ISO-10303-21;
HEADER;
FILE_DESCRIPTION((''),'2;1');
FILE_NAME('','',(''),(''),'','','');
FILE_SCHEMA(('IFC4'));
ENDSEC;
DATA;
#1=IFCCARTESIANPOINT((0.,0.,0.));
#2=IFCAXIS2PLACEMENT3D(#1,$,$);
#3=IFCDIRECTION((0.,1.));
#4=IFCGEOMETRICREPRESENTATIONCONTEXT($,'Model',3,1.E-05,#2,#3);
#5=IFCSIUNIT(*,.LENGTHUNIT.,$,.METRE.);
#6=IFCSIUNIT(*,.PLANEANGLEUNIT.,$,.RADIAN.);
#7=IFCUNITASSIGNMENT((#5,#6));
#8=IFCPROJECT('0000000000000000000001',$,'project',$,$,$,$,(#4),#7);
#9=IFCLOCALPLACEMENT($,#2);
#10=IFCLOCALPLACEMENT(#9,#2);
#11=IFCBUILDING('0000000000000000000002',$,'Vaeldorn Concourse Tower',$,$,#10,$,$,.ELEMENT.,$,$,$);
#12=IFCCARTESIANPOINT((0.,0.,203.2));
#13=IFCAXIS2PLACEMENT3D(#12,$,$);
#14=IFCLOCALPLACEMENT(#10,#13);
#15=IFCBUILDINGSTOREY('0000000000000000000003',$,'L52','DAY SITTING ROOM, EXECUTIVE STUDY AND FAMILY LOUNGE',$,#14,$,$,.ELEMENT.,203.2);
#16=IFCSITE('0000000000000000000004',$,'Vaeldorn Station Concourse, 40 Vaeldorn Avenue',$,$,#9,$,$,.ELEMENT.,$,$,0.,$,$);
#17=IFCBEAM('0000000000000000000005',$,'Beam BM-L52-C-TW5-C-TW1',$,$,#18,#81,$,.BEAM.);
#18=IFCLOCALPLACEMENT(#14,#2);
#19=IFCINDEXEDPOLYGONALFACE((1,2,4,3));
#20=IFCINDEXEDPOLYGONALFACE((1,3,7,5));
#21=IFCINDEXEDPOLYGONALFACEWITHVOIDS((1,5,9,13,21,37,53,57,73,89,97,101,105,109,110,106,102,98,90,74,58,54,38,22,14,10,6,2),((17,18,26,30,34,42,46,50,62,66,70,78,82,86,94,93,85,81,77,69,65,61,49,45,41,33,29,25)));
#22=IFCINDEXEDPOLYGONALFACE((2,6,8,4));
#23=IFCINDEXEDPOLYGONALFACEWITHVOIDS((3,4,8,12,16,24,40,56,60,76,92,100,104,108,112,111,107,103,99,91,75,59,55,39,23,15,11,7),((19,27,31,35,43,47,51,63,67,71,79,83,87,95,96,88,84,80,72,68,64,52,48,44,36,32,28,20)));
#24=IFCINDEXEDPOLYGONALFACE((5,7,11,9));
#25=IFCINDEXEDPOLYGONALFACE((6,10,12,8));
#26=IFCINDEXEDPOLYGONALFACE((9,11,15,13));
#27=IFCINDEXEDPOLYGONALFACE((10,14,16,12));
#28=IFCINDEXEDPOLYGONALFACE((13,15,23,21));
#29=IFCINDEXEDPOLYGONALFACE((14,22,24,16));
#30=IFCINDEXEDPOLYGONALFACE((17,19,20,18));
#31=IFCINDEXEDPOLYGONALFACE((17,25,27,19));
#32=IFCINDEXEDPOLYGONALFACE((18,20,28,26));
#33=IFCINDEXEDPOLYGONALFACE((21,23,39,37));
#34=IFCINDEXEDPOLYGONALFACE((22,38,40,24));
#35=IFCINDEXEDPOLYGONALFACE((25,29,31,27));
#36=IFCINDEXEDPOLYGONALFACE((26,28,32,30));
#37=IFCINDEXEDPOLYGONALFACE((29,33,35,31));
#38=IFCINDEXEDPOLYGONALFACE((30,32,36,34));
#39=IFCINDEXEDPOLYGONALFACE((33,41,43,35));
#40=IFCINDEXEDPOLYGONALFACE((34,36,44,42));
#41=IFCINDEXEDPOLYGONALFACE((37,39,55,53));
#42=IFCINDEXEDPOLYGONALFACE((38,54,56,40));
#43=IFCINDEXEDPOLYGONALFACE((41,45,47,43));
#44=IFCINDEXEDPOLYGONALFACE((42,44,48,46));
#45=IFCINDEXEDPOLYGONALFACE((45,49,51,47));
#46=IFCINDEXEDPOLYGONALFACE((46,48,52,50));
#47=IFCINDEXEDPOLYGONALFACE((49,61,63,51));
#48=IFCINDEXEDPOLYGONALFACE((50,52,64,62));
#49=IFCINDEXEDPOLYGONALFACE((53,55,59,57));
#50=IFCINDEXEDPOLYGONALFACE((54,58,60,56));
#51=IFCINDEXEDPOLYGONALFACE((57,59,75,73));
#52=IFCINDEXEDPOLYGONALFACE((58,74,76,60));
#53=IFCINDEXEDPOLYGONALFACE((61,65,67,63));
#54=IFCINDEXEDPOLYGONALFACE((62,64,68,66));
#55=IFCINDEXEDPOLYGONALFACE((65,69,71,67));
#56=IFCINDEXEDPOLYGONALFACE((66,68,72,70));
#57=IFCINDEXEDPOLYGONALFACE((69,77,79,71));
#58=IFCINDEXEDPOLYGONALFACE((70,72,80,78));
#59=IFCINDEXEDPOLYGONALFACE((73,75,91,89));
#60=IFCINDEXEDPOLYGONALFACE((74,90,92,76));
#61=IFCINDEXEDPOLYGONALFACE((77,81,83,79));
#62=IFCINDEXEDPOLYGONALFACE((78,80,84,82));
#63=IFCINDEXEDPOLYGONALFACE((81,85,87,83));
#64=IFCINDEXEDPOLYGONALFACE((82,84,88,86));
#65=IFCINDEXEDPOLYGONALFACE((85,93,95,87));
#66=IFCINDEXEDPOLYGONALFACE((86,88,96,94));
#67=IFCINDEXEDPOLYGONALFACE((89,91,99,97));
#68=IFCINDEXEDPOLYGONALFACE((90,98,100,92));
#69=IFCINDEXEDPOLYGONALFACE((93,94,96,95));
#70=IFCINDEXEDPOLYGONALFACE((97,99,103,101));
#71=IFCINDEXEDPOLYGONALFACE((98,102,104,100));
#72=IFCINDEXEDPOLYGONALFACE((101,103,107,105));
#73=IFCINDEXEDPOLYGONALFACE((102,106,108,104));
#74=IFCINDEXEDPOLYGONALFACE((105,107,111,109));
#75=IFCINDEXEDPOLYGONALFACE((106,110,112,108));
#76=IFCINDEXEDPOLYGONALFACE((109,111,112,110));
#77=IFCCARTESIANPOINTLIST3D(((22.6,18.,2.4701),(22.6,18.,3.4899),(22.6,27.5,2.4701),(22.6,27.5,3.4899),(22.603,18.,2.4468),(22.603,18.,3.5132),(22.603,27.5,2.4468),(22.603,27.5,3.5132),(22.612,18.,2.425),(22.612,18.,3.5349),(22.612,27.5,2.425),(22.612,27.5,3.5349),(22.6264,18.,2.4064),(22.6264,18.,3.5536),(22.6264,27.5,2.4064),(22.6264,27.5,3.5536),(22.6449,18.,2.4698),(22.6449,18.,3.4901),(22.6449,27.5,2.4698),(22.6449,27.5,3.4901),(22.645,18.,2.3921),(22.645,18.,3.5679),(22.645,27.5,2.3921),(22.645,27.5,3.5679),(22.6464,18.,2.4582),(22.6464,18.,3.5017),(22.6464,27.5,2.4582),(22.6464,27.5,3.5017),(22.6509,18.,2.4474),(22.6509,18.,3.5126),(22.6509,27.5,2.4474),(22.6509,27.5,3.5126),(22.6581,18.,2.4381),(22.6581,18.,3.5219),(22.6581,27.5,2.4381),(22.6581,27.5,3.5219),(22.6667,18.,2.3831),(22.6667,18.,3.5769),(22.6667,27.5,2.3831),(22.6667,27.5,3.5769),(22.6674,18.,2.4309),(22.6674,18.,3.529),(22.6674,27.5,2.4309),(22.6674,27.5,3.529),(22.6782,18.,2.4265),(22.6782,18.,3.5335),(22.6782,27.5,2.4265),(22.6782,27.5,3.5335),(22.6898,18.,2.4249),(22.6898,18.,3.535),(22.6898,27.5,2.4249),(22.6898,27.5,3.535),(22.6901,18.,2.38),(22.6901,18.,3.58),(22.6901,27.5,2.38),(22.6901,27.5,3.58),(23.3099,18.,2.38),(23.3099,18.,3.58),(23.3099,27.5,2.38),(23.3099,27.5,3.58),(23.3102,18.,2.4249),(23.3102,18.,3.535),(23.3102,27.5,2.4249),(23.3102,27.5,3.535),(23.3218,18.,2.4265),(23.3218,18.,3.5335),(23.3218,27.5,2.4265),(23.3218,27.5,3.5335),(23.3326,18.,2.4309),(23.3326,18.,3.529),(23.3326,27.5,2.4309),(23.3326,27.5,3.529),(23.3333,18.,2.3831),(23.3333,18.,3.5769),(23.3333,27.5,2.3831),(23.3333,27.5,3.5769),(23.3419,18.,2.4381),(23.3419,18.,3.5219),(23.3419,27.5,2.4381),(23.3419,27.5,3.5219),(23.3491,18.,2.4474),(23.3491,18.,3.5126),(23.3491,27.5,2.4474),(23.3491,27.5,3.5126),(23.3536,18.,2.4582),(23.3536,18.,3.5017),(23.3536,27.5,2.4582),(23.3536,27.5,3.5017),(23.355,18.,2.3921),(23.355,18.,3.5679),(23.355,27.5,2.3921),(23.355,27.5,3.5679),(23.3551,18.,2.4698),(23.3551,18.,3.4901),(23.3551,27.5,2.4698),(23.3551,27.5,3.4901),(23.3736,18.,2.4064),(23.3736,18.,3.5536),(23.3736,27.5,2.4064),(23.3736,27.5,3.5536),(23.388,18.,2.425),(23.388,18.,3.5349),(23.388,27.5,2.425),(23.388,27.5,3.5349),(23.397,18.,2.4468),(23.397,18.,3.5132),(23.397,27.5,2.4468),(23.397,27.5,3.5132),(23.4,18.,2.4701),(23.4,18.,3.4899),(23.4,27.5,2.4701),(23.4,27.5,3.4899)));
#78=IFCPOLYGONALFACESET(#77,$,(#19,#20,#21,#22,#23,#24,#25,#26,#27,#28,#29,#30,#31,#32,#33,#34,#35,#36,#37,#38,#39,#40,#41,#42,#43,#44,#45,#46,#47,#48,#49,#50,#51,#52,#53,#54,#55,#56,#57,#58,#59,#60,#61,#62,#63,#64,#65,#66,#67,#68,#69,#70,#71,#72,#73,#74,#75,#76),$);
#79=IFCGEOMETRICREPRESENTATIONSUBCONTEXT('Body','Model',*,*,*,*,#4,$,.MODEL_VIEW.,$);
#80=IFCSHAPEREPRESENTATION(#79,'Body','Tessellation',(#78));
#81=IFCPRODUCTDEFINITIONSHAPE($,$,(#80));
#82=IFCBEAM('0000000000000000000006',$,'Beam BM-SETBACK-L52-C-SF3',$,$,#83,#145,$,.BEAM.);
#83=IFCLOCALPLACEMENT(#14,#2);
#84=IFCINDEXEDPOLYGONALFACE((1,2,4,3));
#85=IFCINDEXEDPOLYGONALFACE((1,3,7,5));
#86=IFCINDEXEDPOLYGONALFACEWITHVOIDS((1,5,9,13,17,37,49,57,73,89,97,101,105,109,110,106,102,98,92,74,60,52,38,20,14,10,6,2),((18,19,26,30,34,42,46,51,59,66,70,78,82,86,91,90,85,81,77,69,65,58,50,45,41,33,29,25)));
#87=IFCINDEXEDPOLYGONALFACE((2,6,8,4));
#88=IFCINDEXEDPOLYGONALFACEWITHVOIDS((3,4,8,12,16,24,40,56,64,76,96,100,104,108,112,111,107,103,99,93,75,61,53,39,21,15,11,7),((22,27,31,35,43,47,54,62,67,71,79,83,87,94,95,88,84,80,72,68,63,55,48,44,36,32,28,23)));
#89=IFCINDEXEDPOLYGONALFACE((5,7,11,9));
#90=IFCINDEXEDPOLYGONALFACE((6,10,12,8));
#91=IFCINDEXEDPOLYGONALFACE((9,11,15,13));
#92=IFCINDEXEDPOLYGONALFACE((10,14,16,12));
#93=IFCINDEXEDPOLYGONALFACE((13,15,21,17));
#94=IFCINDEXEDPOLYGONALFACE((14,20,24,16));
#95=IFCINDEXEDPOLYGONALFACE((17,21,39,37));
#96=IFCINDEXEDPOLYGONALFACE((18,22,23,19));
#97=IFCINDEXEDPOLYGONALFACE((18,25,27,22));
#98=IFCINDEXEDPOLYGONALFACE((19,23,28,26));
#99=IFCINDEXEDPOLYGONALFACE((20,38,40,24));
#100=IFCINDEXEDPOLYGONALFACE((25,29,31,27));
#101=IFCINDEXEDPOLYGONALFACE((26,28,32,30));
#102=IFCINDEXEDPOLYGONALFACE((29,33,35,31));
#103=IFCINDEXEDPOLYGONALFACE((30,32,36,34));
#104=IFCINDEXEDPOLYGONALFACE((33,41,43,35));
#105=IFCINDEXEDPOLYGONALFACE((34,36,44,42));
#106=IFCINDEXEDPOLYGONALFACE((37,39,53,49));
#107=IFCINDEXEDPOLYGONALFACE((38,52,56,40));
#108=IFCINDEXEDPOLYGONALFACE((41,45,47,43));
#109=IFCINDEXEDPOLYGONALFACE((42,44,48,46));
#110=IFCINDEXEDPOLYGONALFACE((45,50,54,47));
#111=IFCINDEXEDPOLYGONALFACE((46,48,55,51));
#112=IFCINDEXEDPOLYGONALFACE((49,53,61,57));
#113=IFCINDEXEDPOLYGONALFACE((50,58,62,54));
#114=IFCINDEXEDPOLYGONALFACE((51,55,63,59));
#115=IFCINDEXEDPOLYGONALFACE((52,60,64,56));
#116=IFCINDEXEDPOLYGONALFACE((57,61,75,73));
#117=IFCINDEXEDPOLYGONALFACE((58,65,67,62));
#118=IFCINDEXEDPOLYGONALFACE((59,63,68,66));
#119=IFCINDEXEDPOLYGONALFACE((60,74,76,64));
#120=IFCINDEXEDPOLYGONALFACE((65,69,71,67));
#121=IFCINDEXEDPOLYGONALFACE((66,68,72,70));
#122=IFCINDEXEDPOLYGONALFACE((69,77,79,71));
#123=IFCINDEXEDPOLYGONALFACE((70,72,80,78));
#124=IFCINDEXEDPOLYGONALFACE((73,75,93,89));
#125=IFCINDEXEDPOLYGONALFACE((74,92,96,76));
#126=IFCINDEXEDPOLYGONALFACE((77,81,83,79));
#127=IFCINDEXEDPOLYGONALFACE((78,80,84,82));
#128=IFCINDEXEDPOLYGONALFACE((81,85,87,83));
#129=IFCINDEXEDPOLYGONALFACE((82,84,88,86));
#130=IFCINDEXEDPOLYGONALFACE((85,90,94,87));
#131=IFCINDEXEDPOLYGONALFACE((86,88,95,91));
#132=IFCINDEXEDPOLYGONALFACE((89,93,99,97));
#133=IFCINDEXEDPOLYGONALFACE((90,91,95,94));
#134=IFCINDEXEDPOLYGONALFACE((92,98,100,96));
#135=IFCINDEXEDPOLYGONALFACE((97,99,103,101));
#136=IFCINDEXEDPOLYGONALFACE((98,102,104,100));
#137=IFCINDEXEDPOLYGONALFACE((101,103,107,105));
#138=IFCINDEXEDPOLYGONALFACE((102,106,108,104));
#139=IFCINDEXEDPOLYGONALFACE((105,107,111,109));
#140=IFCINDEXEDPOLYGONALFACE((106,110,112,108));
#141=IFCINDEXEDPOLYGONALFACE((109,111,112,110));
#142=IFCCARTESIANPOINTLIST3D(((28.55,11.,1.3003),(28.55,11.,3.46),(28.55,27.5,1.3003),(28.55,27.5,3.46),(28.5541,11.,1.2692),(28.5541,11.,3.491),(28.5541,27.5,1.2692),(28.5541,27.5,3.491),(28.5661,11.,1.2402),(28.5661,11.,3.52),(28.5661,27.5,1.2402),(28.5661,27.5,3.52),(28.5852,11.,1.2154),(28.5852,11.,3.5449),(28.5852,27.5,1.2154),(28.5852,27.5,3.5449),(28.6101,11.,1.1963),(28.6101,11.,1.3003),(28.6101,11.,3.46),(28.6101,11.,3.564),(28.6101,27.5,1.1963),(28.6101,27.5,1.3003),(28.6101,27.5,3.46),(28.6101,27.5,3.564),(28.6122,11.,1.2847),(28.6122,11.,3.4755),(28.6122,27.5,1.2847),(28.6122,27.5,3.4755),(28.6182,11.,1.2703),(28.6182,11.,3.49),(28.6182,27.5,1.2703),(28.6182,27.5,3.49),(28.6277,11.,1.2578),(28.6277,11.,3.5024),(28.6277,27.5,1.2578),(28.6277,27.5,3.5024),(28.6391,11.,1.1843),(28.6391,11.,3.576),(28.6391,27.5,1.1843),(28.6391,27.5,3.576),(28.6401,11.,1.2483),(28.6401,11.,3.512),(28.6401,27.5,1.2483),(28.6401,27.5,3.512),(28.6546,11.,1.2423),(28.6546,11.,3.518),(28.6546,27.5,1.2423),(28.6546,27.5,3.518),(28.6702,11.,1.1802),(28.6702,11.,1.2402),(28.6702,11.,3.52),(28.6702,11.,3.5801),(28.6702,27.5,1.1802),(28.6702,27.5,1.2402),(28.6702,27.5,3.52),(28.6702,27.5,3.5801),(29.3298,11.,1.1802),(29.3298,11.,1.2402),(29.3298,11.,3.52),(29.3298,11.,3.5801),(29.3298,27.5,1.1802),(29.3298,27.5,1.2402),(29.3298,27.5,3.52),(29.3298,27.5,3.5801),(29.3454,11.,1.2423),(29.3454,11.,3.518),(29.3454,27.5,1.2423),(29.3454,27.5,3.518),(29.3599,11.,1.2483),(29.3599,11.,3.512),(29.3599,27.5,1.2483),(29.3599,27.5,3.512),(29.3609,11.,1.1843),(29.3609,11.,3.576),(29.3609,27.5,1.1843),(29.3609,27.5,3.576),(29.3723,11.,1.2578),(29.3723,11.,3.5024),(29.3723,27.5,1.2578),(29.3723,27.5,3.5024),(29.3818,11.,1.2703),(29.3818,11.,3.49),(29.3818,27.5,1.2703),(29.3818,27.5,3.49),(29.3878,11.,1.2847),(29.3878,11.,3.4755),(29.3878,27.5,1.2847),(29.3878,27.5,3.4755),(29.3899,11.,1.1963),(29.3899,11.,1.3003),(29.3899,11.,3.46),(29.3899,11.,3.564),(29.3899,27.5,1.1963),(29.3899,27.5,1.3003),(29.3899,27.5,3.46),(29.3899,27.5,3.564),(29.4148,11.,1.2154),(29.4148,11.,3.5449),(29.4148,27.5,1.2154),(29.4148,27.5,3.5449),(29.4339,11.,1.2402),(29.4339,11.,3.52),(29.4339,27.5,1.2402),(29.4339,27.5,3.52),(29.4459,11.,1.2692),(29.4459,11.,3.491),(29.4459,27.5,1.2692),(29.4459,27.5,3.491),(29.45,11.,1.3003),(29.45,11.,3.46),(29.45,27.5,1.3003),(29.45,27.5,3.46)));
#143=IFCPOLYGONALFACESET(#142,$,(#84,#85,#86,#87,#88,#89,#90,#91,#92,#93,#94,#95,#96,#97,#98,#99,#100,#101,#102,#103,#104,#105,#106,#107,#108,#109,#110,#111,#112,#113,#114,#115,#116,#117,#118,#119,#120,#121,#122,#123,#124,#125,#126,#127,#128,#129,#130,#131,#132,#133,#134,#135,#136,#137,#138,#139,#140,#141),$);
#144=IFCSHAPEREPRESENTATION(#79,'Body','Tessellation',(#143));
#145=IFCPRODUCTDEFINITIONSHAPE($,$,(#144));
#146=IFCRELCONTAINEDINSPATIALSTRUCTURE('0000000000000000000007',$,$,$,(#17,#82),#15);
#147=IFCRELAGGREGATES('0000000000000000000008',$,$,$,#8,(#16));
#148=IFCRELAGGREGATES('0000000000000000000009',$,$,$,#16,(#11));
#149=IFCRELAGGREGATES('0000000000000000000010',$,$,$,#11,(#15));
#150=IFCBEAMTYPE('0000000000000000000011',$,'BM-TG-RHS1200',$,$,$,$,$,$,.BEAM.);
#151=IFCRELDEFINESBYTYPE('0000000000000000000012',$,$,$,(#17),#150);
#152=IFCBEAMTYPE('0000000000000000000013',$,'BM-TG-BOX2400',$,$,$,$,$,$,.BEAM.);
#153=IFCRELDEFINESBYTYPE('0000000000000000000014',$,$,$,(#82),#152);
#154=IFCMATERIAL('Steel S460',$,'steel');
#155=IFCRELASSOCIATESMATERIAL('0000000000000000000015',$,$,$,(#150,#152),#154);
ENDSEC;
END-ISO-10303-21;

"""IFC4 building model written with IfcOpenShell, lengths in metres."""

from ifc_helpers import new_model, si_unit, direction, frame, origin, origin_2d, place, context, subcontext, project, spatial, hollow_rectangle, extrude, source, transform, mapped, material, material_profile, profile_set, type_object, element, save


model = new_model("IFC4")

# Units and contexts
model_context = context("Model", 3, precision=1e-05, world=origin(), true_north=direction((0.0, 1.0)))
body_context = subcontext(model_context, "Body", "Model", "MODEL_VIEW")
ifc_project = project(units=[si_unit("LENGTHUNIT", "METRE"), si_unit("PLANEANGLEUNIT", "RADIAN")], contexts=[model_context])

# Site, building, storey
site_placement = place(None, origin())
site = spatial("IfcSite", under=ifc_project, at=site_placement, Name="Vaeldorn Station Concourse, 40 Vaeldorn Avenue", CompositionType="ELEMENT", RefElevation=0.0)
building_placement = place(site_placement, origin())
building = spatial("IfcBuilding", under=site, at=building_placement, Name="Vaeldorn Concourse Tower", CompositionType="ELEMENT")
storey_placement = place(building_placement, frame((0.0, 0.0, 203.2)))
storey = spatial("IfcBuildingStorey", under=building, at=storey_placement, Name="L52", Description="DAY SITTING ROOM, EXECUTIVE STUDY AND FAMILY LOUNGE", CompositionType="ELEMENT", Elevation=203.2)

# Shared definitions
ifc_material_1 = material(Name="Steel S460", Category="steel")

# Beams
ifc_material_profile_1 = material_profile(ifc_material_1, hollow_rectangle(XDim=0.8, YDim=1.2, WallThickness=0.0449, InnerFilletRadius=0.0449, OuterFilletRadius=0.0901, at=origin_2d()), Name="RHS 1200x800x45")
ifc_profile_set_1 = profile_set([ifc_material_profile_1], Name="Steel S460")
beam_type_1 = type_object("IfcBeamType", Name="BM-TG-RHS1200", PredefinedType="BEAM", material=ifc_profile_set_1)
shared_shape_1 = source(origin(), body_context, "Body", "SweptSolid", [
    extrude(hollow_rectangle(XDim=0.8, YDim=1.2, WallThickness=0.0449, InnerFilletRadius=0.0449, OuterFilletRadius=0.0901, at=origin_2d()), origin(), (0.0, 0.0, 1.0), 9.5),
])
beam_1_placement = place(storey_placement, frame((23.0, 18.0, 2.98), z_axis=(0.0, 1.0, 0.0), x_axis=(-1.0, 0.0, 0.0)))
element("IfcBeam", 1, at=beam_1_placement, inside=storey, type_object=beam_type_1, Name="Beam BM-L52-C-TW5-C-TW1", PredefinedType="BEAM", context=body_context, shape_type="MappedRepresentation", body=[
    mapped(shared_shape_1, transform((0.0, 0.0, 0.0), scale=1.0)),
])
ifc_material_profile_2 = material_profile(ifc_material_1, hollow_rectangle(XDim=0.8999, YDim=2.3999, WallThickness=0.0601, InnerFilletRadius=0.0601, OuterFilletRadius=0.1201, at=origin_2d()), Name="RHS 2400x900x60")
ifc_profile_set_2 = profile_set([ifc_material_profile_2], Name="Steel S460")
beam_type_2 = type_object("IfcBeamType", Name="BM-TG-BOX2400", PredefinedType="BEAM", material=ifc_profile_set_2)
shared_shape_2 = source(origin(), body_context, "Body", "SweptSolid", [
    extrude(hollow_rectangle(XDim=0.8999, YDim=2.3999, WallThickness=0.0601, InnerFilletRadius=0.0601, OuterFilletRadius=0.1201, at=origin_2d()), origin(), (0.0, 0.0, 1.0), 16.5),
])
beam_2_placement = place(storey_placement, frame((29.0, 11.0, 2.3801), z_axis=(0.0, 1.0, 0.0), x_axis=(-1.0, 0.0, 0.0)))
element("IfcBeam", 2, at=beam_2_placement, inside=storey, type_object=beam_type_2, Name="Beam BM-SETBACK-L52-C-SF3", PredefinedType="BEAM", context=body_context, shape_type="MappedRepresentation", body=[
    mapped(shared_shape_2, transform((0.0, 0.0, 0.0), scale=1.0)),
])

save(model, "model.ifc")
